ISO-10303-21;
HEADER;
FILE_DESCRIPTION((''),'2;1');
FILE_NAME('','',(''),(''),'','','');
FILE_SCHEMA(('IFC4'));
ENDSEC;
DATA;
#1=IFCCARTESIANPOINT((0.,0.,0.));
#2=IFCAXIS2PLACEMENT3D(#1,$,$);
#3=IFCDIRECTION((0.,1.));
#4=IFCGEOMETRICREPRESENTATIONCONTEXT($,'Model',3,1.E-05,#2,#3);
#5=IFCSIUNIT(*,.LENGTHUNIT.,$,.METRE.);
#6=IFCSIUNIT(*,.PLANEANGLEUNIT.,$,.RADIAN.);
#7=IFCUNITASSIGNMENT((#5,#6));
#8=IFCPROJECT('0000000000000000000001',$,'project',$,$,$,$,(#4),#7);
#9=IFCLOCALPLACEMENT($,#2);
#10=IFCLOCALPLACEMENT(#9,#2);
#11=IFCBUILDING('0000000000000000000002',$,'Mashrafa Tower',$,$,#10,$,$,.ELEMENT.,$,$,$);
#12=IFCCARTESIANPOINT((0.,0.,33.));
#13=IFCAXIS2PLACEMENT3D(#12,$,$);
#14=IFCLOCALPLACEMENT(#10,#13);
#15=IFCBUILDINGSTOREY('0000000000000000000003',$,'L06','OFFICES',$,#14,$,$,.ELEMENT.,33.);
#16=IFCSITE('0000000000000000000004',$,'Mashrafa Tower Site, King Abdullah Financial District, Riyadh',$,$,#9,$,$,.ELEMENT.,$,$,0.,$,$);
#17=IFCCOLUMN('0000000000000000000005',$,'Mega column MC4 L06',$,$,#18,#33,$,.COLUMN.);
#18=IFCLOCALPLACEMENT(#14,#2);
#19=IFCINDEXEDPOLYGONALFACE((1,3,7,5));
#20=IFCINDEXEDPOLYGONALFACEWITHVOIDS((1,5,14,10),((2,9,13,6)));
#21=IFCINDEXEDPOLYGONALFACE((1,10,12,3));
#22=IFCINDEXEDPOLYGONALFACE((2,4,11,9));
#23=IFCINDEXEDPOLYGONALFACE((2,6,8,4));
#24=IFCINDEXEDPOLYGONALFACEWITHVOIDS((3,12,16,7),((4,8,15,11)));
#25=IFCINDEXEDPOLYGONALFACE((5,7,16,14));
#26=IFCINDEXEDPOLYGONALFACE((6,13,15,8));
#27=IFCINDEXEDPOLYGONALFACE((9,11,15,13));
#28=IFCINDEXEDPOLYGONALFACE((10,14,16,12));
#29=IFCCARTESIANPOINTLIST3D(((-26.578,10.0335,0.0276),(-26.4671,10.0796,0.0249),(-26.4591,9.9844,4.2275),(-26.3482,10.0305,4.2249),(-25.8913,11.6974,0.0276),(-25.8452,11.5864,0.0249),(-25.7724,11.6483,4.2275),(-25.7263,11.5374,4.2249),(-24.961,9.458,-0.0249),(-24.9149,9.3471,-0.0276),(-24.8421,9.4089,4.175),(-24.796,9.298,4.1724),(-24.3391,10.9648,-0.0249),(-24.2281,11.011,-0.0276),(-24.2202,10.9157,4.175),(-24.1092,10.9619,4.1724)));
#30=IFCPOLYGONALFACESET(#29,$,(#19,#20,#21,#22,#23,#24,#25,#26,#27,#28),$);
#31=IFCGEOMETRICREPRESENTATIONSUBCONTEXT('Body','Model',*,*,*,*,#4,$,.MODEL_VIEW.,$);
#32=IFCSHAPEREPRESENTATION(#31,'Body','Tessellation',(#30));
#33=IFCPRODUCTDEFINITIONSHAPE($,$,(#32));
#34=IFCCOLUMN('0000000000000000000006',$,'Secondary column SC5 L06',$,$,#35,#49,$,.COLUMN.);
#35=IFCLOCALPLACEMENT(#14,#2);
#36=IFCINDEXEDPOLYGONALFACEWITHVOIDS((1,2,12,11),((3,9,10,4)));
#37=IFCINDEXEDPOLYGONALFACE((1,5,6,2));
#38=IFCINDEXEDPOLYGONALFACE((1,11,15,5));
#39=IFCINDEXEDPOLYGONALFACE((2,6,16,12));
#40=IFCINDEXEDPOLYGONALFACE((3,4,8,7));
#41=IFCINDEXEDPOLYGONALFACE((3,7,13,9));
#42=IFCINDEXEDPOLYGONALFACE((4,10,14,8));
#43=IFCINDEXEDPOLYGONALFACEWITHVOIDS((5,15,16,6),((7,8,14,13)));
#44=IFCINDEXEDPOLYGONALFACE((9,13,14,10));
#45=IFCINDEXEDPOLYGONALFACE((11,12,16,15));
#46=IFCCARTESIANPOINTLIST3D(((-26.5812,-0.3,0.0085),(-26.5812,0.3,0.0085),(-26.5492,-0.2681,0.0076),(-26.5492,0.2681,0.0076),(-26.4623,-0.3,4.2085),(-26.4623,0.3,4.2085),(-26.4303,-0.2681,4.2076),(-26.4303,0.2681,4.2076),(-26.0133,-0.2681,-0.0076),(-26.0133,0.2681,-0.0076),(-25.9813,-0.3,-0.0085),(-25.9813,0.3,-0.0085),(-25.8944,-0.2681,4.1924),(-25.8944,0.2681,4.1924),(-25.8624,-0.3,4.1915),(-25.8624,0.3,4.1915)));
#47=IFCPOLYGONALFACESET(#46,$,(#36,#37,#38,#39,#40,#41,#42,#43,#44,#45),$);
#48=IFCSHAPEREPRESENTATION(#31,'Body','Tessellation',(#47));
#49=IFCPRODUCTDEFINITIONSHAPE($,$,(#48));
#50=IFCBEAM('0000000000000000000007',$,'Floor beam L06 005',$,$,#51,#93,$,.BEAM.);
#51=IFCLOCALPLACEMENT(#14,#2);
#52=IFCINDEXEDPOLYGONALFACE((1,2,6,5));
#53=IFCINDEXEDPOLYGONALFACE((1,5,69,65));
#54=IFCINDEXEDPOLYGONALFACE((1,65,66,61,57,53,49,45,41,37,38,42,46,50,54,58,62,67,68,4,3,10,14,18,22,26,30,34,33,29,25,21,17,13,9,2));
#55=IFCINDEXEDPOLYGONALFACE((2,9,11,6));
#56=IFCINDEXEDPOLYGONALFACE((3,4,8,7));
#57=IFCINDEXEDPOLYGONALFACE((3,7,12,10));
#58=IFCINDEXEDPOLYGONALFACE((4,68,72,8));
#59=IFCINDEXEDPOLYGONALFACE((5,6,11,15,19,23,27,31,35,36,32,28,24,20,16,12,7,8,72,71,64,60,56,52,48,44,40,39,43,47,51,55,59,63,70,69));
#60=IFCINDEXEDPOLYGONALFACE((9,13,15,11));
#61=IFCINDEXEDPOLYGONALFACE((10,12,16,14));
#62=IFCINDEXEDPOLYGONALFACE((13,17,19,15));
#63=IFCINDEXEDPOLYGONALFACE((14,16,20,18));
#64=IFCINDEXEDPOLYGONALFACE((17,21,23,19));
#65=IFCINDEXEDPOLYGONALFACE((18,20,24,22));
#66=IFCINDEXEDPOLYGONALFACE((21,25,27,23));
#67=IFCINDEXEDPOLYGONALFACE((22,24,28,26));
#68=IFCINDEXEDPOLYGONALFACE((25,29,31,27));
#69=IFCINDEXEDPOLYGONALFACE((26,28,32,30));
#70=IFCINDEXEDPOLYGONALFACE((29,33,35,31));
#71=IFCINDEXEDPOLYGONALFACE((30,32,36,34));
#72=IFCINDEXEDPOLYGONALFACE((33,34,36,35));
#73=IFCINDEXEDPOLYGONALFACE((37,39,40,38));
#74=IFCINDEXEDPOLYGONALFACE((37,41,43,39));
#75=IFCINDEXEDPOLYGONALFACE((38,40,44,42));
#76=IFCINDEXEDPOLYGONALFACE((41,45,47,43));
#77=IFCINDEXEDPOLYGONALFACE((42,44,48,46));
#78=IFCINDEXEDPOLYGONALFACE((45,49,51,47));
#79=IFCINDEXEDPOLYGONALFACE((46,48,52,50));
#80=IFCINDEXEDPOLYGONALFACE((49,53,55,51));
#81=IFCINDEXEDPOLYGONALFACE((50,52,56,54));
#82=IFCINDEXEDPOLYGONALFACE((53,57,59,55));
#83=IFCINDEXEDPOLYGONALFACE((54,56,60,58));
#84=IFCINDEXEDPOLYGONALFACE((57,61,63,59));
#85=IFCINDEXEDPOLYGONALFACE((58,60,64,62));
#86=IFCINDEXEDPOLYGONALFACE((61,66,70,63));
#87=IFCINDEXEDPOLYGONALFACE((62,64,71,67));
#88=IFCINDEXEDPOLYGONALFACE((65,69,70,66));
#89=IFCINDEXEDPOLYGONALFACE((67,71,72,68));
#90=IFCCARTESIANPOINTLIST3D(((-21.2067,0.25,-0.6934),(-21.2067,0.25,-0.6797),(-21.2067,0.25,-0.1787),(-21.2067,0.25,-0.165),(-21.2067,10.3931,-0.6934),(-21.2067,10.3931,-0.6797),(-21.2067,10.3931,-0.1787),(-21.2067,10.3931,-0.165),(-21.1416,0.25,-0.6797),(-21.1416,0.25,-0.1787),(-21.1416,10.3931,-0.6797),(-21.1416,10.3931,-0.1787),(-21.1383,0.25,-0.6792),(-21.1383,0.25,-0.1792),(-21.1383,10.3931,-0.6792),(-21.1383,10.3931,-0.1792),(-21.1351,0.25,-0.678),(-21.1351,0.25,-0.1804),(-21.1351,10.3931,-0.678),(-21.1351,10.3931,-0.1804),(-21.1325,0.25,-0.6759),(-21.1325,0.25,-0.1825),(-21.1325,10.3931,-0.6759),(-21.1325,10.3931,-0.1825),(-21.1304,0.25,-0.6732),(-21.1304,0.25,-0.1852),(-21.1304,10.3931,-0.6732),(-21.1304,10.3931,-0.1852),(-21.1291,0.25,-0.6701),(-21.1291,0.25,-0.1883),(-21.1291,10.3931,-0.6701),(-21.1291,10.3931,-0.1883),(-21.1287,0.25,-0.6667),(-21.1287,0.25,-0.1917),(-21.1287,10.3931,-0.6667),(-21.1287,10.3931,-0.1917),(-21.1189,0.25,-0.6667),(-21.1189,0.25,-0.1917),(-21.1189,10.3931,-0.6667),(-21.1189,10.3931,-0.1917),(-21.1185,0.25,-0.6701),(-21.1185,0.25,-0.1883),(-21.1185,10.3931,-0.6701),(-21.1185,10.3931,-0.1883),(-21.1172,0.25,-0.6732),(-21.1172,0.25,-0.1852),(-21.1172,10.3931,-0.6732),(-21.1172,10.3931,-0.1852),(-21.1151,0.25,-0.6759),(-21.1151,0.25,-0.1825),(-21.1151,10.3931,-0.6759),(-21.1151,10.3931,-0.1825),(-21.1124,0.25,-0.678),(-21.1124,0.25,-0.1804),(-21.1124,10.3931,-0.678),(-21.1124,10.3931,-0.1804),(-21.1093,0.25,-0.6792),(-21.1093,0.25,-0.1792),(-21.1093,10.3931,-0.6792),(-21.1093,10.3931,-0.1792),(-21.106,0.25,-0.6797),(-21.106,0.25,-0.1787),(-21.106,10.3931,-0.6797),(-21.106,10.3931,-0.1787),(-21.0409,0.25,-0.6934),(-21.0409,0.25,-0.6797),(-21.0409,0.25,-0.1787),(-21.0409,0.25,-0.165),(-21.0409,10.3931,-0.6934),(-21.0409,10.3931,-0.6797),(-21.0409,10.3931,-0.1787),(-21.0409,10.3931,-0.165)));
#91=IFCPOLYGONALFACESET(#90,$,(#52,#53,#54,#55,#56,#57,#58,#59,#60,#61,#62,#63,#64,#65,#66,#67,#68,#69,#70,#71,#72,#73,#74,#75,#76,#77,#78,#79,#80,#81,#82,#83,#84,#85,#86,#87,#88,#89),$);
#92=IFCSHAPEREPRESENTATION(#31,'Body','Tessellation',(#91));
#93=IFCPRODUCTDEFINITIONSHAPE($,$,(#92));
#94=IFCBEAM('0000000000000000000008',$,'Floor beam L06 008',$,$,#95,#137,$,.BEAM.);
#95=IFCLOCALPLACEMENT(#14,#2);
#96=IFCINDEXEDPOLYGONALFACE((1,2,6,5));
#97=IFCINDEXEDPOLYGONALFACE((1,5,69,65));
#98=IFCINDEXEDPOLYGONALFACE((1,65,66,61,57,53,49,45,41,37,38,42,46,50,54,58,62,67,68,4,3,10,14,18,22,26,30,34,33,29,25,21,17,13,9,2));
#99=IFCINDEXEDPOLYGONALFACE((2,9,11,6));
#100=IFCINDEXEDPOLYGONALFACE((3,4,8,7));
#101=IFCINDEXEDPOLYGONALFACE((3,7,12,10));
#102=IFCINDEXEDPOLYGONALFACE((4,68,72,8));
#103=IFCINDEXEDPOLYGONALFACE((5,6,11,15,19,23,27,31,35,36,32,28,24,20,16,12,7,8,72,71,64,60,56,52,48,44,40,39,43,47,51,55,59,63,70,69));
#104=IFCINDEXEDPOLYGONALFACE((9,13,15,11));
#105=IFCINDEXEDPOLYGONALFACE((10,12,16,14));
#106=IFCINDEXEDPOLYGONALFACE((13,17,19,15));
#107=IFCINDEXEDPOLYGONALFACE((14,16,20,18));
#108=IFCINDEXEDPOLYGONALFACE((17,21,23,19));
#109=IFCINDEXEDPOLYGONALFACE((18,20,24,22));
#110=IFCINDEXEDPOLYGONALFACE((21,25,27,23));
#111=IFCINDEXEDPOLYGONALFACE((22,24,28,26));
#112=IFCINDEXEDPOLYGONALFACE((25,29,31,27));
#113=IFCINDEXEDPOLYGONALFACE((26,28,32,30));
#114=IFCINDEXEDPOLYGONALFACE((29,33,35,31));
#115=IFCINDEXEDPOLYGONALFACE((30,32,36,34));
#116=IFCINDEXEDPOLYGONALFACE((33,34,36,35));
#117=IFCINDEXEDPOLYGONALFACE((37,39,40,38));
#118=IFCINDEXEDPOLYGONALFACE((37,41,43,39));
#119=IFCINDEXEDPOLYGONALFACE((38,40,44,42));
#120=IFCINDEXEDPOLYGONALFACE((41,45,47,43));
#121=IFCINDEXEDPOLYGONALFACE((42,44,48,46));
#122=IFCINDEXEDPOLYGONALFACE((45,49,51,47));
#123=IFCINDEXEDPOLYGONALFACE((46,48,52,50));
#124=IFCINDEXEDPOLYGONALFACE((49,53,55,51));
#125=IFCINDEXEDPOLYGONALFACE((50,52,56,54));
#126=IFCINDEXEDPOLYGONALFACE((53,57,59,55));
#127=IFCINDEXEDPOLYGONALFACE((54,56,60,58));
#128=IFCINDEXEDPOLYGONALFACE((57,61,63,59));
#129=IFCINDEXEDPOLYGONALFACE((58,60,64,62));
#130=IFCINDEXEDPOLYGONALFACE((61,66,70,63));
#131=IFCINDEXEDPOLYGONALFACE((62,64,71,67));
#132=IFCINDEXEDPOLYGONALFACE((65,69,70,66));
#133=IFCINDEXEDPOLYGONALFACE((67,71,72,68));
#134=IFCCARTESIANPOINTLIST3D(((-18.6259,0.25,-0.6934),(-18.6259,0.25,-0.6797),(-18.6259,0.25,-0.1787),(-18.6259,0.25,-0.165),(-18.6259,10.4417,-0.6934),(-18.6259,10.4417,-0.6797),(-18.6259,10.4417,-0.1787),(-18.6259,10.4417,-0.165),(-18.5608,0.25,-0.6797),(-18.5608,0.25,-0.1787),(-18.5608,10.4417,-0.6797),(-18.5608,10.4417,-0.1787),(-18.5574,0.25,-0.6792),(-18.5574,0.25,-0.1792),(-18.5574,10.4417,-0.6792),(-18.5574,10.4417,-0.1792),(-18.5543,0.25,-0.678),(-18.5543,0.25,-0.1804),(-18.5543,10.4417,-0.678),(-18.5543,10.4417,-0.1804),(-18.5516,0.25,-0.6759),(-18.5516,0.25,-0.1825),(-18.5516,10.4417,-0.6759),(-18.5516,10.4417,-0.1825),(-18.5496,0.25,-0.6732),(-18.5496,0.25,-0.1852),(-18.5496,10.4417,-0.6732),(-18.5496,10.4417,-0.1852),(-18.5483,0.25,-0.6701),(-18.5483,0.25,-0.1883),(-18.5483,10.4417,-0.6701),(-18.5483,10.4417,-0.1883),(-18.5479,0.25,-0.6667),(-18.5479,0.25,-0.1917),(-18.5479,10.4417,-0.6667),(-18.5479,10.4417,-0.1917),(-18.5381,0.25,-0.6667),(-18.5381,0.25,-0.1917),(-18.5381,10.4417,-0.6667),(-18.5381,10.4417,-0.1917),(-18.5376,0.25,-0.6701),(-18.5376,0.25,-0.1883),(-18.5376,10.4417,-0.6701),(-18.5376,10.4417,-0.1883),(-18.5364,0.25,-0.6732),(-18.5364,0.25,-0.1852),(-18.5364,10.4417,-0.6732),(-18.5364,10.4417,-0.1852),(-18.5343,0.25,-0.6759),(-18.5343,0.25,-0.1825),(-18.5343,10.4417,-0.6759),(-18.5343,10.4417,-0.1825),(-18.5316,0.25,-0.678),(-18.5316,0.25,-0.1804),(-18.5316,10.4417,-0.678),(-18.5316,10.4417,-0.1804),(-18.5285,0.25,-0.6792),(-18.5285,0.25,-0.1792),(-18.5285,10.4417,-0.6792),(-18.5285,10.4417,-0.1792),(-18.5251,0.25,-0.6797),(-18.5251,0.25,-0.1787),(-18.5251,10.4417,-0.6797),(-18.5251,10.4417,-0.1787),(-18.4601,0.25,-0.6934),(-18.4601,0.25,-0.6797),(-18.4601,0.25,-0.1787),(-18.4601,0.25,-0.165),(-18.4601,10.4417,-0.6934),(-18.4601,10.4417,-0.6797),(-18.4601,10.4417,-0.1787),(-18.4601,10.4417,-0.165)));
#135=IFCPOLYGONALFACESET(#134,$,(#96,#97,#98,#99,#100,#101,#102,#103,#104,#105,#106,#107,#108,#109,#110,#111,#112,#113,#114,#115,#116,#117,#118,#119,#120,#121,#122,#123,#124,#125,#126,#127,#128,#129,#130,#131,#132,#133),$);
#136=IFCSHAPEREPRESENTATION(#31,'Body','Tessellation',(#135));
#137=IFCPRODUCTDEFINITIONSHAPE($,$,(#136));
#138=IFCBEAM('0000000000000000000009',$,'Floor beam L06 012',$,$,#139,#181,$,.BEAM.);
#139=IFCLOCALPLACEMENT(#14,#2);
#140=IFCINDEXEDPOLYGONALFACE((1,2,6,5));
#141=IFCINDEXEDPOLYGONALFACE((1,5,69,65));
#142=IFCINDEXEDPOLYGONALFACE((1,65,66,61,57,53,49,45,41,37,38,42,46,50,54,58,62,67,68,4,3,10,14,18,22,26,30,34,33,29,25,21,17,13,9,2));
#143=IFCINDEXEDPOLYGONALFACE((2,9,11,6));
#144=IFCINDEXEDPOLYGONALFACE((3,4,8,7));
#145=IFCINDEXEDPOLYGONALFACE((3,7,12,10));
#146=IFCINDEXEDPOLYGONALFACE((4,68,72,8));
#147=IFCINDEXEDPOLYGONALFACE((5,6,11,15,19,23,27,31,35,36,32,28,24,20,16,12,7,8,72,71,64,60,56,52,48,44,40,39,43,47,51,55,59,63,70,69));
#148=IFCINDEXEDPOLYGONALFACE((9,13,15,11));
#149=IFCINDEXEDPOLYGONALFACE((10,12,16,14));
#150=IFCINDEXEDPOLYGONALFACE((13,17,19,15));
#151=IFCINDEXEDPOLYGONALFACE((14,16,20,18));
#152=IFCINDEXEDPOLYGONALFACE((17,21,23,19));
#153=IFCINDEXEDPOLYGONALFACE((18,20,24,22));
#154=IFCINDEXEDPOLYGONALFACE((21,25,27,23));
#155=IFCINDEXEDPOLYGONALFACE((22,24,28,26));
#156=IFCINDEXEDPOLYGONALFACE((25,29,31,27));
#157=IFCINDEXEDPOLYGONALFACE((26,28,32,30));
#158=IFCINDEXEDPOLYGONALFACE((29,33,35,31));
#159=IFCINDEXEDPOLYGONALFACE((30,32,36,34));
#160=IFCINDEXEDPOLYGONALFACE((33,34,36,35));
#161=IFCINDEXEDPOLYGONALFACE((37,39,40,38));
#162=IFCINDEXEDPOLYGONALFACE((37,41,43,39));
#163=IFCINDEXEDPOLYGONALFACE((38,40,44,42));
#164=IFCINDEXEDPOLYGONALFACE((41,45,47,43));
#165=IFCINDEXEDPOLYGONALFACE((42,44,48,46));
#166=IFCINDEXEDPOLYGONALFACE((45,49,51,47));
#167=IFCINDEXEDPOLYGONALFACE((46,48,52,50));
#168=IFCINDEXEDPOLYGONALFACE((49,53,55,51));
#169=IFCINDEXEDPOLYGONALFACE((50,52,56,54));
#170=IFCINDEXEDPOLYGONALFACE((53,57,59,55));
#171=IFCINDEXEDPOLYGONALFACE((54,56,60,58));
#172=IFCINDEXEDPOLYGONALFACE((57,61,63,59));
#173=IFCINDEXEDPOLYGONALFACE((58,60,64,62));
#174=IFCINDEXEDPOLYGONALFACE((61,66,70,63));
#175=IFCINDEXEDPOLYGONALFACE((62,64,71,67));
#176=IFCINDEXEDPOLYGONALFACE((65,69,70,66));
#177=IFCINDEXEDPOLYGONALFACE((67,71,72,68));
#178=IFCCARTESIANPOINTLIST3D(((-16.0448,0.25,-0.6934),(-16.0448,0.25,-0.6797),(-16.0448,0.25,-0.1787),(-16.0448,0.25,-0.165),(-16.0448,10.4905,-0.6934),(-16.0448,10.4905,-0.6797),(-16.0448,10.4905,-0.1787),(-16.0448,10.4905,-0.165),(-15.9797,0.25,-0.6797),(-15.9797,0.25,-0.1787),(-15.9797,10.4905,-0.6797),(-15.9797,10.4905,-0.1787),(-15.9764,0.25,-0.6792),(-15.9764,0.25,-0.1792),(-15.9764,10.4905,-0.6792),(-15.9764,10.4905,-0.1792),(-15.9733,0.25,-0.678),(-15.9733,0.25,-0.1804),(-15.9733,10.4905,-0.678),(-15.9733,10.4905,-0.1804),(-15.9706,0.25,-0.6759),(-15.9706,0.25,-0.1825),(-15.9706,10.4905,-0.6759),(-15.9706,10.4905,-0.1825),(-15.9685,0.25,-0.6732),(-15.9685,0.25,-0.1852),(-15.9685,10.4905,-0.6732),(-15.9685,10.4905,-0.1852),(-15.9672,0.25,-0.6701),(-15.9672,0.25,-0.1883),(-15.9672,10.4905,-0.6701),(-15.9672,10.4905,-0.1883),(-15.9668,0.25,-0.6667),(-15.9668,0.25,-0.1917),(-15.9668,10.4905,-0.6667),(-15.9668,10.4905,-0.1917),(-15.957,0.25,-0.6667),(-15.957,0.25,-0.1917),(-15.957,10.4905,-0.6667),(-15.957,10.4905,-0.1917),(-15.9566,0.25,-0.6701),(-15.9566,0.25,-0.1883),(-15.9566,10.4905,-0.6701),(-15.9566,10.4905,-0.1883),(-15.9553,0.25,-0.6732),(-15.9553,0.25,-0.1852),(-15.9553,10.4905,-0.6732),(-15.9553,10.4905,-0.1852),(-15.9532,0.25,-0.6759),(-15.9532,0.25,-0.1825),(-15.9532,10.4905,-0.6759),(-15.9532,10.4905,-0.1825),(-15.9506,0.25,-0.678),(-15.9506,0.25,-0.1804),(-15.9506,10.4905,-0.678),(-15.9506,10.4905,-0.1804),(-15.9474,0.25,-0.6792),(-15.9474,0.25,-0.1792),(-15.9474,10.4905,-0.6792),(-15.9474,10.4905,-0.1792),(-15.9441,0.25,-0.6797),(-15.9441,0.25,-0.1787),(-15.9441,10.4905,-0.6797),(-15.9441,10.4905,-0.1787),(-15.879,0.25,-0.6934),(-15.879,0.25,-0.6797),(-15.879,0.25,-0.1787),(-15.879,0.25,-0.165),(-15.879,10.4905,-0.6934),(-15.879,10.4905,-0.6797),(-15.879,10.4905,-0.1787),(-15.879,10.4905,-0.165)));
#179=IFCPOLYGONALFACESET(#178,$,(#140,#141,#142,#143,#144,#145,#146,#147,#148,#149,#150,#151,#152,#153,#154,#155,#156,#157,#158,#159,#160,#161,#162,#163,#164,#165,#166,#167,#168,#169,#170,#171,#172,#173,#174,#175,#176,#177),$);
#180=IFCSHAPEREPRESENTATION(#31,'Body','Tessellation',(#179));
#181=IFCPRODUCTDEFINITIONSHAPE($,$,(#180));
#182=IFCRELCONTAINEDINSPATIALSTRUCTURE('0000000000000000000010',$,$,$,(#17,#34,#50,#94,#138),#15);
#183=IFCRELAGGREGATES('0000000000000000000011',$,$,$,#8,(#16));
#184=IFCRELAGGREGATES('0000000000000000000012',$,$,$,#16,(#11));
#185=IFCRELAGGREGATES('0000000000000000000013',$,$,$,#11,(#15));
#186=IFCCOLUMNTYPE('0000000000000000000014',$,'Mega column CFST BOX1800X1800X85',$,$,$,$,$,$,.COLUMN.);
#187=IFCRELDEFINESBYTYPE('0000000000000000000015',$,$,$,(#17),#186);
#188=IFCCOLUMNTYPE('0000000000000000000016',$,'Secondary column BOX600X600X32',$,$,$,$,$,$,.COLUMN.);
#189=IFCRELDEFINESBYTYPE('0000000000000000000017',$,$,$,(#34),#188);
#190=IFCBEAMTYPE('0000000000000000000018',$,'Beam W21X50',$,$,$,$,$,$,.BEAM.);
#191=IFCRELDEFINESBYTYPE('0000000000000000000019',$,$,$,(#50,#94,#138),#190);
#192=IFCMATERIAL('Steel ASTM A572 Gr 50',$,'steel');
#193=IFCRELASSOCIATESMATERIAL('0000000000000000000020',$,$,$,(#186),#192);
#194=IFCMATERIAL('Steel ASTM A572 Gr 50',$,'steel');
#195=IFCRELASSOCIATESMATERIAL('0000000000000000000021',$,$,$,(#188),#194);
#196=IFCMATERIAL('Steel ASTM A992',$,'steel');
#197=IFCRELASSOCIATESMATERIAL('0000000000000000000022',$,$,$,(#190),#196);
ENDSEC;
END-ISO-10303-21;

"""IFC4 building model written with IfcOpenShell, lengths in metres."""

from ifc_helpers import new_model, si_unit, direction, frame, origin, origin_2d, place, context, subcontext, project, spatial, hollow_rectangle, i_section, extrude, material, material_profile, profile_set, type_object, element, save


model = new_model("IFC4")

# Units and contexts
model_context = context("Model", 3, precision=1e-05, world=origin(), true_north=direction((0.0, 1.0)))
body_context = subcontext(model_context, "Body", "Model", "MODEL_VIEW")
ifc_project = project(units=[si_unit("LENGTHUNIT", "METRE"), si_unit("PLANEANGLEUNIT", "RADIAN")], contexts=[model_context])

# Site, building, storey
site_placement = place(None, origin())
site = spatial("IfcSite", under=ifc_project, at=site_placement, Name="Mashrafa Tower Site, King Abdullah Financial District, Riyadh", CompositionType="ELEMENT", RefElevation=0.0)
building_placement = place(site_placement, origin())
building = spatial("IfcBuilding", under=site, at=building_placement, Name="Mashrafa Tower", CompositionType="ELEMENT")
storey_placement = place(building_placement, frame((0.0, 0.0, 33.0)))
storey = spatial("IfcBuildingStorey", under=building, at=storey_placement, Name="L06", Description="OFFICES", CompositionType="ELEMENT", Elevation=33.0)

# Columns
ifc_material_1 = material(Name="Steel ASTM A572 Gr 50", Category="steel")
ifc_material_profile_1 = material_profile(ifc_material_1, hollow_rectangle(XDim=1.8, YDim=1.8, WallThickness=0.085, at=origin_2d()), Name="BOX1800X1800X85")
ifc_profile_set_1 = profile_set([ifc_material_profile_1], Name="Steel ASTM A572 Gr 50")
column_type_1 = type_object("IfcColumnType", Name="Mega column CFST BOX1800X1800X85", PredefinedType="COLUMN", material=ifc_profile_set_1)
column_1_placement = place(storey_placement, frame((-25.4031, 10.5222, 0.0), z_axis=(0.028296, -0.011679, 0.999531), x_axis=(0.381513, 0.924363, 0.0)))
element("IfcColumn", 1, at=column_1_placement, inside=storey, type_object=column_type_1, Name="Mega column MC4 L06", PredefinedType="COLUMN", context=body_context, shape_type="SweptSolid", body=[
    extrude(hollow_rectangle(XDim=1.8, YDim=1.8, WallThickness=0.085, at=origin_2d()), origin(), (0.0, 0.0, 1.0), 4.2019),
])
ifc_material_2 = material(Name="Steel ASTM A572 Gr 50", Category="steel")
ifc_material_profile_2 = material_profile(ifc_material_2, hollow_rectangle(XDim=0.6001, YDim=0.6001, WallThickness=0.032, at=origin_2d()), Name="BOX600X600X32")
ifc_profile_set_2 = profile_set([ifc_material_profile_2], Name="Steel ASTM A572 Gr 50")
column_type_2 = type_object("IfcColumnType", Name="Secondary column BOX600X600X32", PredefinedType="COLUMN", material=ifc_profile_set_2)
column_2_placement = place(storey_placement, frame((-26.2812, 0.0, 0.0), z_axis=(0.028298, 0.0, 0.9996), x_axis=(0.0, 1.0, 0.0)))
element("IfcColumn", 2, at=column_2_placement, inside=storey, type_object=column_type_2, Name="Secondary column SC5 L06", PredefinedType="COLUMN", context=body_context, shape_type="SweptSolid", body=[
    extrude(hollow_rectangle(XDim=0.6001, YDim=0.6001, WallThickness=0.032, at=origin_2d()), origin(), (0.0, 0.0, 1.0), 4.2017),
])

# Beams
ifc_material_3 = material(Name="Steel ASTM A992", Category="steel")
ifc_material_profile_3 = material_profile(ifc_material_3, i_section(OverallWidth=0.1658, OverallDepth=0.5283, WebThickness=0.0098, FlangeThickness=0.0137, FilletRadius=0.0129, at=origin_2d()), Name="W21X50")
ifc_profile_set_3 = profile_set([ifc_material_profile_3], Name="Steel ASTM A992")
beam_type_1 = type_object("IfcBeamType", Name="Beam W21X50", PredefinedType="BEAM", material=ifc_profile_set_3)
beam_1_placement = place(storey_placement, frame((-21.1238, 0.25, -0.4292), z_axis=(0.0, 1.0, 0.0), x_axis=(-1.0, 0.0, 0.0)))
element("IfcBeam", 3, at=beam_1_placement, inside=storey, type_object=beam_type_1, Name="Floor beam L06 005", PredefinedType="BEAM", context=body_context, shape_type="SweptSolid", body=[
    extrude(i_section(OverallWidth=0.1658, OverallDepth=0.5283, WebThickness=0.0098, FlangeThickness=0.0137, FilletRadius=0.0129, at=origin_2d()), origin(), (0.0, 0.0, 1.0), 10.1431),
])
beam_2_placement = place(storey_placement, frame((-18.543, 0.25, -0.4292), z_axis=(0.0, 1.0, 0.0), x_axis=(-1.0, 0.0, 0.0)))
element("IfcBeam", 4, at=beam_2_placement, inside=storey, type_object=beam_type_1, Name="Floor beam L06 008", PredefinedType="BEAM", context=body_context, shape_type="SweptSolid", body=[
    extrude(i_section(OverallWidth=0.1658, OverallDepth=0.5283, WebThickness=0.0098, FlangeThickness=0.0137, FilletRadius=0.0129, at=origin_2d()), origin(), (0.0, 0.0, 1.0), 10.1917),
])
beam_3_placement = place(storey_placement, frame((-15.9619, 0.25, -0.4292), z_axis=(0.0, 1.0, 0.0), x_axis=(-1.0, 0.0, 0.0)))
element("IfcBeam", 5, at=beam_3_placement, inside=storey, type_object=beam_type_1, Name="Floor beam L06 012", PredefinedType="BEAM", context=body_context, shape_type="SweptSolid", body=[
    extrude(i_section(OverallWidth=0.1658, OverallDepth=0.5283, WebThickness=0.0098, FlangeThickness=0.0137, FilletRadius=0.0129, at=origin_2d()), origin(), (0.0, 0.0, 1.0), 10.2405),
])

save(model, "model.ifc")
